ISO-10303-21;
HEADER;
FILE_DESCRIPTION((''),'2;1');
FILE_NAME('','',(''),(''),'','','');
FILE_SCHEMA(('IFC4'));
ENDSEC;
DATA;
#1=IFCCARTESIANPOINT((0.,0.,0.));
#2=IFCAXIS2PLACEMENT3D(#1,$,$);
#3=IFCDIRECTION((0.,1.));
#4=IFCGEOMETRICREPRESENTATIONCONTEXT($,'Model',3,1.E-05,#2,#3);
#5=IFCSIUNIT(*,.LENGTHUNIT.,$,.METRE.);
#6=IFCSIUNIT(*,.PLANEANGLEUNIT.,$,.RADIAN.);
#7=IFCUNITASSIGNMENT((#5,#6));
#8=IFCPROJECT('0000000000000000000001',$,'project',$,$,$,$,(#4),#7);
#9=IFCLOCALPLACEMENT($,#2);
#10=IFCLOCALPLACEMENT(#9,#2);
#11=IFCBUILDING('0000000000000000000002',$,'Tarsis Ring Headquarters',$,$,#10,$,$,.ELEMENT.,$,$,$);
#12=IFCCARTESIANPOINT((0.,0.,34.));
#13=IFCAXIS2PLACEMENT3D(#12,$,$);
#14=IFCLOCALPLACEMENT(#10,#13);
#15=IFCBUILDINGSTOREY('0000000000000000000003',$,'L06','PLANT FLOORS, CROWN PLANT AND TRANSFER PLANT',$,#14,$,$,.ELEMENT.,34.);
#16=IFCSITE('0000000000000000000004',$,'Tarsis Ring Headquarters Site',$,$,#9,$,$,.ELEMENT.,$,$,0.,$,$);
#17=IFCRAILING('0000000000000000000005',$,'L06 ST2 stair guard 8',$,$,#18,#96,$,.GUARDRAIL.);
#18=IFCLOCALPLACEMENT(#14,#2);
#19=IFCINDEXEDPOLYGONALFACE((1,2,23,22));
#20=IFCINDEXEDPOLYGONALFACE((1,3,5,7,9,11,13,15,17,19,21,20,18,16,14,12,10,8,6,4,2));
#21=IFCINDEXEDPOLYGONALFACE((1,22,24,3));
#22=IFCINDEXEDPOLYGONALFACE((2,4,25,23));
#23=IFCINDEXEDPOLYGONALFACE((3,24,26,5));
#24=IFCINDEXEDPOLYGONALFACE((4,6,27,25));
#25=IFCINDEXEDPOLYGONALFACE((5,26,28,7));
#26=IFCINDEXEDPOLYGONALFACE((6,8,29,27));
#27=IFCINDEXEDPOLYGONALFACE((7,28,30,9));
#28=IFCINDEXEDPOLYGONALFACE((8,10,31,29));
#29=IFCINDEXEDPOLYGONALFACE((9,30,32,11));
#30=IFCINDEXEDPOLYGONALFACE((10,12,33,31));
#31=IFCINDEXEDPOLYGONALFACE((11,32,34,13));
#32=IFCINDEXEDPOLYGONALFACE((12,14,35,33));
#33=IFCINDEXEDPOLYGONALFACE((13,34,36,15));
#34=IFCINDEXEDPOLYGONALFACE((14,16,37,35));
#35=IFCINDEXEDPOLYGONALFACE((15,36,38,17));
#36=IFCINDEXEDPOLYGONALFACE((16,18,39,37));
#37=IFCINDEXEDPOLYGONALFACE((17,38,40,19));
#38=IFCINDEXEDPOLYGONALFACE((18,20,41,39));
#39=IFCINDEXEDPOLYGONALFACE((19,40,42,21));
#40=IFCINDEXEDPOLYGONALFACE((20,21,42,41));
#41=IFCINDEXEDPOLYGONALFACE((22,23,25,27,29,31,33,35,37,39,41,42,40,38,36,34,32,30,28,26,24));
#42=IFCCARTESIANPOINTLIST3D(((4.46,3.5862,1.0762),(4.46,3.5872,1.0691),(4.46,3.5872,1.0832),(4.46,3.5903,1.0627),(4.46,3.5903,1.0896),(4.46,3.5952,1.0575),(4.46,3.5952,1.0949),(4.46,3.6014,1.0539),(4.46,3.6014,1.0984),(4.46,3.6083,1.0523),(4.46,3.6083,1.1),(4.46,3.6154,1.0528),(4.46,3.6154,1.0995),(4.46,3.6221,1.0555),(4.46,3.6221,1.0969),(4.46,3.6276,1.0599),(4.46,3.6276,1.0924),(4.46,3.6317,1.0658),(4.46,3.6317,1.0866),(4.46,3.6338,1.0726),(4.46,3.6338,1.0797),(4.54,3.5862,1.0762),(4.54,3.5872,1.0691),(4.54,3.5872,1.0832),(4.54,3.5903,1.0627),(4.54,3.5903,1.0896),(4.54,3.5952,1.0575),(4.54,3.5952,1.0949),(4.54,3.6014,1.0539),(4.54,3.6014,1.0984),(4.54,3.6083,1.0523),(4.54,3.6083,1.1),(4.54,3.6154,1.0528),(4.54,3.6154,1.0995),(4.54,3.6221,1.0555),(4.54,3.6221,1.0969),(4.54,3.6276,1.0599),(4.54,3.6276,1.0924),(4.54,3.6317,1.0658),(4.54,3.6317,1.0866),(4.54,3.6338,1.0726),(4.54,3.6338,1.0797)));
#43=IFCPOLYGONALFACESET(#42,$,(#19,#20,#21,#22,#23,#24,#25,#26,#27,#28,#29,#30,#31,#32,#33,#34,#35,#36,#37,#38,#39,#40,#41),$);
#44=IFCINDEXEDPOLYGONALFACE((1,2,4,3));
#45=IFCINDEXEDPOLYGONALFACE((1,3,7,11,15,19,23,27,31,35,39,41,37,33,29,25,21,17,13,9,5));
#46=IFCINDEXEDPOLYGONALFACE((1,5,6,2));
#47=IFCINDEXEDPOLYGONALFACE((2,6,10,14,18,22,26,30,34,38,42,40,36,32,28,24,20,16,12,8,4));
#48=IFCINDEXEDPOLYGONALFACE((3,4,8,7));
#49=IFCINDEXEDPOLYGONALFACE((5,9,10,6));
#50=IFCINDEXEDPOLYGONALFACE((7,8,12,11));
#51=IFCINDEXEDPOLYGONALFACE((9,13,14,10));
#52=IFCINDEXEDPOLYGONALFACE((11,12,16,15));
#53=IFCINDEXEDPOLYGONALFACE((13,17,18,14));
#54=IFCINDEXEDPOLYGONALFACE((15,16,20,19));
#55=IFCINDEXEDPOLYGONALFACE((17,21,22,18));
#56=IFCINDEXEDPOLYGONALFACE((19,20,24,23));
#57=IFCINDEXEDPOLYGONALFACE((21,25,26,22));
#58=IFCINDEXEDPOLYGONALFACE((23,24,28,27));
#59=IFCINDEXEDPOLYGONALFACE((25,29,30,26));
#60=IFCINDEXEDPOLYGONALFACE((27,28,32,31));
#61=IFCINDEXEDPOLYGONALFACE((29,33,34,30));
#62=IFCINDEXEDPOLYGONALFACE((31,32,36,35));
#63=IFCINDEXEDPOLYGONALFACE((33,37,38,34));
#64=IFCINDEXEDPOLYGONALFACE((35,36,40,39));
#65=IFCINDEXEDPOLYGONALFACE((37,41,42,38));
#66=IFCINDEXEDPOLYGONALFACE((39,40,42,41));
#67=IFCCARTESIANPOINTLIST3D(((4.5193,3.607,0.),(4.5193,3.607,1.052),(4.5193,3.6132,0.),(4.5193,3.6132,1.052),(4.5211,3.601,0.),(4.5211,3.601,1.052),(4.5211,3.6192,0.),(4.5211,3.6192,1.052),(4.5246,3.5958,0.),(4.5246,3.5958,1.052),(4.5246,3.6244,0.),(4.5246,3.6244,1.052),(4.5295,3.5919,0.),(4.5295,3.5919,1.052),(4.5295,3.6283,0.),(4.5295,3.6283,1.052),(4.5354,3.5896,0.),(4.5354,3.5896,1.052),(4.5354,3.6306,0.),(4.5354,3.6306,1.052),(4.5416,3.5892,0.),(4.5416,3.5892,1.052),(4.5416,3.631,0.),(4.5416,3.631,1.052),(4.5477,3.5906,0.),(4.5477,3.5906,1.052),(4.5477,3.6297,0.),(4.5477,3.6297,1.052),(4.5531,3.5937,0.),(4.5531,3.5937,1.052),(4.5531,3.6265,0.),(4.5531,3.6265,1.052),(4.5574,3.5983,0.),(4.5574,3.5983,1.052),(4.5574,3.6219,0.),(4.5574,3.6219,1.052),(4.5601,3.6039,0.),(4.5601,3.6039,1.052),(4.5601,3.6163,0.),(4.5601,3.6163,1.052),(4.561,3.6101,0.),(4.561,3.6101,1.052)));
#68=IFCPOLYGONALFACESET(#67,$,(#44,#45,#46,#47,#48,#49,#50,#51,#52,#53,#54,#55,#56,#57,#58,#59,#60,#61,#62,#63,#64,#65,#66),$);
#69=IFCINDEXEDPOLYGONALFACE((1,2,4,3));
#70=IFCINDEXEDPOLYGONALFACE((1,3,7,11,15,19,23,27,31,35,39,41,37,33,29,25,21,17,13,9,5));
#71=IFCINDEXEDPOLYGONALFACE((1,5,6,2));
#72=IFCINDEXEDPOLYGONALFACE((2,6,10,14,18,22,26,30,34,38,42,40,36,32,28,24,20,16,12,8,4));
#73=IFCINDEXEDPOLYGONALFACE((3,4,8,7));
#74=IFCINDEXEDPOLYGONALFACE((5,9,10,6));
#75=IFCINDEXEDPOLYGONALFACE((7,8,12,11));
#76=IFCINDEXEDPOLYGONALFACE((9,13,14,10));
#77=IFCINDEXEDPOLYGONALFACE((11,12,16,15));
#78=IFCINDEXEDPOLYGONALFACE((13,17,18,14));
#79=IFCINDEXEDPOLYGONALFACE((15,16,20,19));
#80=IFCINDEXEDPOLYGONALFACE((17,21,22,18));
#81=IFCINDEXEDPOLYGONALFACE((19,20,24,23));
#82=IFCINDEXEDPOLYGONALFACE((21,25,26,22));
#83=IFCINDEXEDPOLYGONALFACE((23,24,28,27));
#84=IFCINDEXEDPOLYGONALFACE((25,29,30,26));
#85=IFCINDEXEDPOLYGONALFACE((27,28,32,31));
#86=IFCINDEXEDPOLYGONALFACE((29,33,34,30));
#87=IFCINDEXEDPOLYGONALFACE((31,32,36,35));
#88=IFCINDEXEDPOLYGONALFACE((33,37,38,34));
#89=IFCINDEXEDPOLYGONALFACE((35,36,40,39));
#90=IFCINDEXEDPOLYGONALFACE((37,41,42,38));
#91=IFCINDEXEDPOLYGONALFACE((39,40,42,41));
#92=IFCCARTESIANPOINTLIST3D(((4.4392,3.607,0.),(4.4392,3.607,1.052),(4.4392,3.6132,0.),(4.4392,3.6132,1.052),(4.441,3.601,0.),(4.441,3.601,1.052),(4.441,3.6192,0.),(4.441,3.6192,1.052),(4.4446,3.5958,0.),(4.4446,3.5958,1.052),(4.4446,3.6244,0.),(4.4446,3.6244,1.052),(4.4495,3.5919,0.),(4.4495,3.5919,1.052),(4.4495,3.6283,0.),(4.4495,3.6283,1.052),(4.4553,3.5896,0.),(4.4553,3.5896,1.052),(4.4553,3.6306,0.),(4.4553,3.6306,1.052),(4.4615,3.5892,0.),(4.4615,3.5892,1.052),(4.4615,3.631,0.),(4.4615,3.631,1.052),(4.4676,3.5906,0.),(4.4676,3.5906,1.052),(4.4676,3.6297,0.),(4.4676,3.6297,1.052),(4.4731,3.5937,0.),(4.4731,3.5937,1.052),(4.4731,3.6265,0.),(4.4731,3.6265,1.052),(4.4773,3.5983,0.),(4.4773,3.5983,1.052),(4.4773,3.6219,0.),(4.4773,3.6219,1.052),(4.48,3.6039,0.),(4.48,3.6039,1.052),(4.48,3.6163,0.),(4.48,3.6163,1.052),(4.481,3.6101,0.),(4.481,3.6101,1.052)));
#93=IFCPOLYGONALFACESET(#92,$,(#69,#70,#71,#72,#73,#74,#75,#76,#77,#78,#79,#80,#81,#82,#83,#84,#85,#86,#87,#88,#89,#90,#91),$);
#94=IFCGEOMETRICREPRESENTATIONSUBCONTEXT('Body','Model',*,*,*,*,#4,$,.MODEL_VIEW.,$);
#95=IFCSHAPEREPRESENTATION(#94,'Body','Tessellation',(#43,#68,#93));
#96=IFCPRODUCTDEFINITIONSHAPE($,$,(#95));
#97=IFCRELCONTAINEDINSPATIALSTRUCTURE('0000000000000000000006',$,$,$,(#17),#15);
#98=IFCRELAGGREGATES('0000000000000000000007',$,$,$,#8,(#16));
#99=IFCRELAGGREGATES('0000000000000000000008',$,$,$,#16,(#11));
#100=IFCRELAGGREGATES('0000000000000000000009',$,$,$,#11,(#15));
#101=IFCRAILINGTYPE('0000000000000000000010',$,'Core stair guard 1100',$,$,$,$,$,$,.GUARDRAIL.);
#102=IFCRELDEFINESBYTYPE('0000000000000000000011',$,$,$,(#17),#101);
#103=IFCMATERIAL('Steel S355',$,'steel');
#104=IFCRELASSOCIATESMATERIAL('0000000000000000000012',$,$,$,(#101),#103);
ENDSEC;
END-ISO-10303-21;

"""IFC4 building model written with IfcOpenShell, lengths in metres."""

from ifc_helpers import new_model, si_unit, direction, frame, origin, origin_2d, place, context, subcontext, project, spatial, circle, extrude, material, type_object, element, save


model = new_model("IFC4")

# Units and contexts
model_context = context("Model", 3, precision=1e-05, world=origin(), true_north=direction((0.0, 1.0)))
body_context = subcontext(model_context, "Body", "Model", "MODEL_VIEW")
ifc_project = project(units=[si_unit("LENGTHUNIT", "METRE"), si_unit("PLANEANGLEUNIT", "RADIAN")], contexts=[model_context])

# Site, building, storey
site_placement = place(None, origin())
site = spatial("IfcSite", under=ifc_project, at=site_placement, Name="Tarsis Ring Headquarters Site", CompositionType="ELEMENT", RefElevation=0.0)
building_placement = place(site_placement, origin())
building = spatial("IfcBuilding", under=site, at=building_placement, Name="Tarsis Ring Headquarters", CompositionType="ELEMENT")
storey_placement = place(building_placement, frame((0.0, 0.0, 34.0)))
storey = spatial("IfcBuildingStorey", under=building, at=storey_placement, Name="L06", Description="PLANT FLOORS, CROWN PLANT AND TRANSFER PLANT", CompositionType="ELEMENT", Elevation=34.0)

# Shared definitions
ifc_material_1 = material(Name="Steel S355", Category="steel")

# Railing
railing_type_1 = type_object("IfcRailingType", Name="Core stair guard 1100", PredefinedType="GUARDRAIL", material=ifc_material_1)
railing_1_placement = place(storey_placement, frame((4.54, 3.6101, 0.0)))
element("IfcRailing", 1, at=railing_1_placement, inside=storey, type_object=railing_type_1, Name="L06 ST2 stair guard 8", PredefinedType="GUARDRAIL", context=body_context, shape_type="SweptSolid", body=[
    extrude(circle(Radius=0.0239, at=origin_2d()), frame((0.0, 0.0, 1.0762), z_axis=(-1.0, 0.0, 0.0), x_axis=(0.0, -1.0, 0.0)), (0.0, 0.0, 1.0), 0.0801),
    extrude(circle(Radius=0.021, at=origin_2d()), origin(), (0.0, 0.0, 1.0), 1.052),
    extrude(circle(Radius=0.021, at=origin_2d()), frame((-0.0801, 0.0, 0.0)), (0.0, 0.0, 1.0), 1.052),
])

save(model, "model.ifc")
